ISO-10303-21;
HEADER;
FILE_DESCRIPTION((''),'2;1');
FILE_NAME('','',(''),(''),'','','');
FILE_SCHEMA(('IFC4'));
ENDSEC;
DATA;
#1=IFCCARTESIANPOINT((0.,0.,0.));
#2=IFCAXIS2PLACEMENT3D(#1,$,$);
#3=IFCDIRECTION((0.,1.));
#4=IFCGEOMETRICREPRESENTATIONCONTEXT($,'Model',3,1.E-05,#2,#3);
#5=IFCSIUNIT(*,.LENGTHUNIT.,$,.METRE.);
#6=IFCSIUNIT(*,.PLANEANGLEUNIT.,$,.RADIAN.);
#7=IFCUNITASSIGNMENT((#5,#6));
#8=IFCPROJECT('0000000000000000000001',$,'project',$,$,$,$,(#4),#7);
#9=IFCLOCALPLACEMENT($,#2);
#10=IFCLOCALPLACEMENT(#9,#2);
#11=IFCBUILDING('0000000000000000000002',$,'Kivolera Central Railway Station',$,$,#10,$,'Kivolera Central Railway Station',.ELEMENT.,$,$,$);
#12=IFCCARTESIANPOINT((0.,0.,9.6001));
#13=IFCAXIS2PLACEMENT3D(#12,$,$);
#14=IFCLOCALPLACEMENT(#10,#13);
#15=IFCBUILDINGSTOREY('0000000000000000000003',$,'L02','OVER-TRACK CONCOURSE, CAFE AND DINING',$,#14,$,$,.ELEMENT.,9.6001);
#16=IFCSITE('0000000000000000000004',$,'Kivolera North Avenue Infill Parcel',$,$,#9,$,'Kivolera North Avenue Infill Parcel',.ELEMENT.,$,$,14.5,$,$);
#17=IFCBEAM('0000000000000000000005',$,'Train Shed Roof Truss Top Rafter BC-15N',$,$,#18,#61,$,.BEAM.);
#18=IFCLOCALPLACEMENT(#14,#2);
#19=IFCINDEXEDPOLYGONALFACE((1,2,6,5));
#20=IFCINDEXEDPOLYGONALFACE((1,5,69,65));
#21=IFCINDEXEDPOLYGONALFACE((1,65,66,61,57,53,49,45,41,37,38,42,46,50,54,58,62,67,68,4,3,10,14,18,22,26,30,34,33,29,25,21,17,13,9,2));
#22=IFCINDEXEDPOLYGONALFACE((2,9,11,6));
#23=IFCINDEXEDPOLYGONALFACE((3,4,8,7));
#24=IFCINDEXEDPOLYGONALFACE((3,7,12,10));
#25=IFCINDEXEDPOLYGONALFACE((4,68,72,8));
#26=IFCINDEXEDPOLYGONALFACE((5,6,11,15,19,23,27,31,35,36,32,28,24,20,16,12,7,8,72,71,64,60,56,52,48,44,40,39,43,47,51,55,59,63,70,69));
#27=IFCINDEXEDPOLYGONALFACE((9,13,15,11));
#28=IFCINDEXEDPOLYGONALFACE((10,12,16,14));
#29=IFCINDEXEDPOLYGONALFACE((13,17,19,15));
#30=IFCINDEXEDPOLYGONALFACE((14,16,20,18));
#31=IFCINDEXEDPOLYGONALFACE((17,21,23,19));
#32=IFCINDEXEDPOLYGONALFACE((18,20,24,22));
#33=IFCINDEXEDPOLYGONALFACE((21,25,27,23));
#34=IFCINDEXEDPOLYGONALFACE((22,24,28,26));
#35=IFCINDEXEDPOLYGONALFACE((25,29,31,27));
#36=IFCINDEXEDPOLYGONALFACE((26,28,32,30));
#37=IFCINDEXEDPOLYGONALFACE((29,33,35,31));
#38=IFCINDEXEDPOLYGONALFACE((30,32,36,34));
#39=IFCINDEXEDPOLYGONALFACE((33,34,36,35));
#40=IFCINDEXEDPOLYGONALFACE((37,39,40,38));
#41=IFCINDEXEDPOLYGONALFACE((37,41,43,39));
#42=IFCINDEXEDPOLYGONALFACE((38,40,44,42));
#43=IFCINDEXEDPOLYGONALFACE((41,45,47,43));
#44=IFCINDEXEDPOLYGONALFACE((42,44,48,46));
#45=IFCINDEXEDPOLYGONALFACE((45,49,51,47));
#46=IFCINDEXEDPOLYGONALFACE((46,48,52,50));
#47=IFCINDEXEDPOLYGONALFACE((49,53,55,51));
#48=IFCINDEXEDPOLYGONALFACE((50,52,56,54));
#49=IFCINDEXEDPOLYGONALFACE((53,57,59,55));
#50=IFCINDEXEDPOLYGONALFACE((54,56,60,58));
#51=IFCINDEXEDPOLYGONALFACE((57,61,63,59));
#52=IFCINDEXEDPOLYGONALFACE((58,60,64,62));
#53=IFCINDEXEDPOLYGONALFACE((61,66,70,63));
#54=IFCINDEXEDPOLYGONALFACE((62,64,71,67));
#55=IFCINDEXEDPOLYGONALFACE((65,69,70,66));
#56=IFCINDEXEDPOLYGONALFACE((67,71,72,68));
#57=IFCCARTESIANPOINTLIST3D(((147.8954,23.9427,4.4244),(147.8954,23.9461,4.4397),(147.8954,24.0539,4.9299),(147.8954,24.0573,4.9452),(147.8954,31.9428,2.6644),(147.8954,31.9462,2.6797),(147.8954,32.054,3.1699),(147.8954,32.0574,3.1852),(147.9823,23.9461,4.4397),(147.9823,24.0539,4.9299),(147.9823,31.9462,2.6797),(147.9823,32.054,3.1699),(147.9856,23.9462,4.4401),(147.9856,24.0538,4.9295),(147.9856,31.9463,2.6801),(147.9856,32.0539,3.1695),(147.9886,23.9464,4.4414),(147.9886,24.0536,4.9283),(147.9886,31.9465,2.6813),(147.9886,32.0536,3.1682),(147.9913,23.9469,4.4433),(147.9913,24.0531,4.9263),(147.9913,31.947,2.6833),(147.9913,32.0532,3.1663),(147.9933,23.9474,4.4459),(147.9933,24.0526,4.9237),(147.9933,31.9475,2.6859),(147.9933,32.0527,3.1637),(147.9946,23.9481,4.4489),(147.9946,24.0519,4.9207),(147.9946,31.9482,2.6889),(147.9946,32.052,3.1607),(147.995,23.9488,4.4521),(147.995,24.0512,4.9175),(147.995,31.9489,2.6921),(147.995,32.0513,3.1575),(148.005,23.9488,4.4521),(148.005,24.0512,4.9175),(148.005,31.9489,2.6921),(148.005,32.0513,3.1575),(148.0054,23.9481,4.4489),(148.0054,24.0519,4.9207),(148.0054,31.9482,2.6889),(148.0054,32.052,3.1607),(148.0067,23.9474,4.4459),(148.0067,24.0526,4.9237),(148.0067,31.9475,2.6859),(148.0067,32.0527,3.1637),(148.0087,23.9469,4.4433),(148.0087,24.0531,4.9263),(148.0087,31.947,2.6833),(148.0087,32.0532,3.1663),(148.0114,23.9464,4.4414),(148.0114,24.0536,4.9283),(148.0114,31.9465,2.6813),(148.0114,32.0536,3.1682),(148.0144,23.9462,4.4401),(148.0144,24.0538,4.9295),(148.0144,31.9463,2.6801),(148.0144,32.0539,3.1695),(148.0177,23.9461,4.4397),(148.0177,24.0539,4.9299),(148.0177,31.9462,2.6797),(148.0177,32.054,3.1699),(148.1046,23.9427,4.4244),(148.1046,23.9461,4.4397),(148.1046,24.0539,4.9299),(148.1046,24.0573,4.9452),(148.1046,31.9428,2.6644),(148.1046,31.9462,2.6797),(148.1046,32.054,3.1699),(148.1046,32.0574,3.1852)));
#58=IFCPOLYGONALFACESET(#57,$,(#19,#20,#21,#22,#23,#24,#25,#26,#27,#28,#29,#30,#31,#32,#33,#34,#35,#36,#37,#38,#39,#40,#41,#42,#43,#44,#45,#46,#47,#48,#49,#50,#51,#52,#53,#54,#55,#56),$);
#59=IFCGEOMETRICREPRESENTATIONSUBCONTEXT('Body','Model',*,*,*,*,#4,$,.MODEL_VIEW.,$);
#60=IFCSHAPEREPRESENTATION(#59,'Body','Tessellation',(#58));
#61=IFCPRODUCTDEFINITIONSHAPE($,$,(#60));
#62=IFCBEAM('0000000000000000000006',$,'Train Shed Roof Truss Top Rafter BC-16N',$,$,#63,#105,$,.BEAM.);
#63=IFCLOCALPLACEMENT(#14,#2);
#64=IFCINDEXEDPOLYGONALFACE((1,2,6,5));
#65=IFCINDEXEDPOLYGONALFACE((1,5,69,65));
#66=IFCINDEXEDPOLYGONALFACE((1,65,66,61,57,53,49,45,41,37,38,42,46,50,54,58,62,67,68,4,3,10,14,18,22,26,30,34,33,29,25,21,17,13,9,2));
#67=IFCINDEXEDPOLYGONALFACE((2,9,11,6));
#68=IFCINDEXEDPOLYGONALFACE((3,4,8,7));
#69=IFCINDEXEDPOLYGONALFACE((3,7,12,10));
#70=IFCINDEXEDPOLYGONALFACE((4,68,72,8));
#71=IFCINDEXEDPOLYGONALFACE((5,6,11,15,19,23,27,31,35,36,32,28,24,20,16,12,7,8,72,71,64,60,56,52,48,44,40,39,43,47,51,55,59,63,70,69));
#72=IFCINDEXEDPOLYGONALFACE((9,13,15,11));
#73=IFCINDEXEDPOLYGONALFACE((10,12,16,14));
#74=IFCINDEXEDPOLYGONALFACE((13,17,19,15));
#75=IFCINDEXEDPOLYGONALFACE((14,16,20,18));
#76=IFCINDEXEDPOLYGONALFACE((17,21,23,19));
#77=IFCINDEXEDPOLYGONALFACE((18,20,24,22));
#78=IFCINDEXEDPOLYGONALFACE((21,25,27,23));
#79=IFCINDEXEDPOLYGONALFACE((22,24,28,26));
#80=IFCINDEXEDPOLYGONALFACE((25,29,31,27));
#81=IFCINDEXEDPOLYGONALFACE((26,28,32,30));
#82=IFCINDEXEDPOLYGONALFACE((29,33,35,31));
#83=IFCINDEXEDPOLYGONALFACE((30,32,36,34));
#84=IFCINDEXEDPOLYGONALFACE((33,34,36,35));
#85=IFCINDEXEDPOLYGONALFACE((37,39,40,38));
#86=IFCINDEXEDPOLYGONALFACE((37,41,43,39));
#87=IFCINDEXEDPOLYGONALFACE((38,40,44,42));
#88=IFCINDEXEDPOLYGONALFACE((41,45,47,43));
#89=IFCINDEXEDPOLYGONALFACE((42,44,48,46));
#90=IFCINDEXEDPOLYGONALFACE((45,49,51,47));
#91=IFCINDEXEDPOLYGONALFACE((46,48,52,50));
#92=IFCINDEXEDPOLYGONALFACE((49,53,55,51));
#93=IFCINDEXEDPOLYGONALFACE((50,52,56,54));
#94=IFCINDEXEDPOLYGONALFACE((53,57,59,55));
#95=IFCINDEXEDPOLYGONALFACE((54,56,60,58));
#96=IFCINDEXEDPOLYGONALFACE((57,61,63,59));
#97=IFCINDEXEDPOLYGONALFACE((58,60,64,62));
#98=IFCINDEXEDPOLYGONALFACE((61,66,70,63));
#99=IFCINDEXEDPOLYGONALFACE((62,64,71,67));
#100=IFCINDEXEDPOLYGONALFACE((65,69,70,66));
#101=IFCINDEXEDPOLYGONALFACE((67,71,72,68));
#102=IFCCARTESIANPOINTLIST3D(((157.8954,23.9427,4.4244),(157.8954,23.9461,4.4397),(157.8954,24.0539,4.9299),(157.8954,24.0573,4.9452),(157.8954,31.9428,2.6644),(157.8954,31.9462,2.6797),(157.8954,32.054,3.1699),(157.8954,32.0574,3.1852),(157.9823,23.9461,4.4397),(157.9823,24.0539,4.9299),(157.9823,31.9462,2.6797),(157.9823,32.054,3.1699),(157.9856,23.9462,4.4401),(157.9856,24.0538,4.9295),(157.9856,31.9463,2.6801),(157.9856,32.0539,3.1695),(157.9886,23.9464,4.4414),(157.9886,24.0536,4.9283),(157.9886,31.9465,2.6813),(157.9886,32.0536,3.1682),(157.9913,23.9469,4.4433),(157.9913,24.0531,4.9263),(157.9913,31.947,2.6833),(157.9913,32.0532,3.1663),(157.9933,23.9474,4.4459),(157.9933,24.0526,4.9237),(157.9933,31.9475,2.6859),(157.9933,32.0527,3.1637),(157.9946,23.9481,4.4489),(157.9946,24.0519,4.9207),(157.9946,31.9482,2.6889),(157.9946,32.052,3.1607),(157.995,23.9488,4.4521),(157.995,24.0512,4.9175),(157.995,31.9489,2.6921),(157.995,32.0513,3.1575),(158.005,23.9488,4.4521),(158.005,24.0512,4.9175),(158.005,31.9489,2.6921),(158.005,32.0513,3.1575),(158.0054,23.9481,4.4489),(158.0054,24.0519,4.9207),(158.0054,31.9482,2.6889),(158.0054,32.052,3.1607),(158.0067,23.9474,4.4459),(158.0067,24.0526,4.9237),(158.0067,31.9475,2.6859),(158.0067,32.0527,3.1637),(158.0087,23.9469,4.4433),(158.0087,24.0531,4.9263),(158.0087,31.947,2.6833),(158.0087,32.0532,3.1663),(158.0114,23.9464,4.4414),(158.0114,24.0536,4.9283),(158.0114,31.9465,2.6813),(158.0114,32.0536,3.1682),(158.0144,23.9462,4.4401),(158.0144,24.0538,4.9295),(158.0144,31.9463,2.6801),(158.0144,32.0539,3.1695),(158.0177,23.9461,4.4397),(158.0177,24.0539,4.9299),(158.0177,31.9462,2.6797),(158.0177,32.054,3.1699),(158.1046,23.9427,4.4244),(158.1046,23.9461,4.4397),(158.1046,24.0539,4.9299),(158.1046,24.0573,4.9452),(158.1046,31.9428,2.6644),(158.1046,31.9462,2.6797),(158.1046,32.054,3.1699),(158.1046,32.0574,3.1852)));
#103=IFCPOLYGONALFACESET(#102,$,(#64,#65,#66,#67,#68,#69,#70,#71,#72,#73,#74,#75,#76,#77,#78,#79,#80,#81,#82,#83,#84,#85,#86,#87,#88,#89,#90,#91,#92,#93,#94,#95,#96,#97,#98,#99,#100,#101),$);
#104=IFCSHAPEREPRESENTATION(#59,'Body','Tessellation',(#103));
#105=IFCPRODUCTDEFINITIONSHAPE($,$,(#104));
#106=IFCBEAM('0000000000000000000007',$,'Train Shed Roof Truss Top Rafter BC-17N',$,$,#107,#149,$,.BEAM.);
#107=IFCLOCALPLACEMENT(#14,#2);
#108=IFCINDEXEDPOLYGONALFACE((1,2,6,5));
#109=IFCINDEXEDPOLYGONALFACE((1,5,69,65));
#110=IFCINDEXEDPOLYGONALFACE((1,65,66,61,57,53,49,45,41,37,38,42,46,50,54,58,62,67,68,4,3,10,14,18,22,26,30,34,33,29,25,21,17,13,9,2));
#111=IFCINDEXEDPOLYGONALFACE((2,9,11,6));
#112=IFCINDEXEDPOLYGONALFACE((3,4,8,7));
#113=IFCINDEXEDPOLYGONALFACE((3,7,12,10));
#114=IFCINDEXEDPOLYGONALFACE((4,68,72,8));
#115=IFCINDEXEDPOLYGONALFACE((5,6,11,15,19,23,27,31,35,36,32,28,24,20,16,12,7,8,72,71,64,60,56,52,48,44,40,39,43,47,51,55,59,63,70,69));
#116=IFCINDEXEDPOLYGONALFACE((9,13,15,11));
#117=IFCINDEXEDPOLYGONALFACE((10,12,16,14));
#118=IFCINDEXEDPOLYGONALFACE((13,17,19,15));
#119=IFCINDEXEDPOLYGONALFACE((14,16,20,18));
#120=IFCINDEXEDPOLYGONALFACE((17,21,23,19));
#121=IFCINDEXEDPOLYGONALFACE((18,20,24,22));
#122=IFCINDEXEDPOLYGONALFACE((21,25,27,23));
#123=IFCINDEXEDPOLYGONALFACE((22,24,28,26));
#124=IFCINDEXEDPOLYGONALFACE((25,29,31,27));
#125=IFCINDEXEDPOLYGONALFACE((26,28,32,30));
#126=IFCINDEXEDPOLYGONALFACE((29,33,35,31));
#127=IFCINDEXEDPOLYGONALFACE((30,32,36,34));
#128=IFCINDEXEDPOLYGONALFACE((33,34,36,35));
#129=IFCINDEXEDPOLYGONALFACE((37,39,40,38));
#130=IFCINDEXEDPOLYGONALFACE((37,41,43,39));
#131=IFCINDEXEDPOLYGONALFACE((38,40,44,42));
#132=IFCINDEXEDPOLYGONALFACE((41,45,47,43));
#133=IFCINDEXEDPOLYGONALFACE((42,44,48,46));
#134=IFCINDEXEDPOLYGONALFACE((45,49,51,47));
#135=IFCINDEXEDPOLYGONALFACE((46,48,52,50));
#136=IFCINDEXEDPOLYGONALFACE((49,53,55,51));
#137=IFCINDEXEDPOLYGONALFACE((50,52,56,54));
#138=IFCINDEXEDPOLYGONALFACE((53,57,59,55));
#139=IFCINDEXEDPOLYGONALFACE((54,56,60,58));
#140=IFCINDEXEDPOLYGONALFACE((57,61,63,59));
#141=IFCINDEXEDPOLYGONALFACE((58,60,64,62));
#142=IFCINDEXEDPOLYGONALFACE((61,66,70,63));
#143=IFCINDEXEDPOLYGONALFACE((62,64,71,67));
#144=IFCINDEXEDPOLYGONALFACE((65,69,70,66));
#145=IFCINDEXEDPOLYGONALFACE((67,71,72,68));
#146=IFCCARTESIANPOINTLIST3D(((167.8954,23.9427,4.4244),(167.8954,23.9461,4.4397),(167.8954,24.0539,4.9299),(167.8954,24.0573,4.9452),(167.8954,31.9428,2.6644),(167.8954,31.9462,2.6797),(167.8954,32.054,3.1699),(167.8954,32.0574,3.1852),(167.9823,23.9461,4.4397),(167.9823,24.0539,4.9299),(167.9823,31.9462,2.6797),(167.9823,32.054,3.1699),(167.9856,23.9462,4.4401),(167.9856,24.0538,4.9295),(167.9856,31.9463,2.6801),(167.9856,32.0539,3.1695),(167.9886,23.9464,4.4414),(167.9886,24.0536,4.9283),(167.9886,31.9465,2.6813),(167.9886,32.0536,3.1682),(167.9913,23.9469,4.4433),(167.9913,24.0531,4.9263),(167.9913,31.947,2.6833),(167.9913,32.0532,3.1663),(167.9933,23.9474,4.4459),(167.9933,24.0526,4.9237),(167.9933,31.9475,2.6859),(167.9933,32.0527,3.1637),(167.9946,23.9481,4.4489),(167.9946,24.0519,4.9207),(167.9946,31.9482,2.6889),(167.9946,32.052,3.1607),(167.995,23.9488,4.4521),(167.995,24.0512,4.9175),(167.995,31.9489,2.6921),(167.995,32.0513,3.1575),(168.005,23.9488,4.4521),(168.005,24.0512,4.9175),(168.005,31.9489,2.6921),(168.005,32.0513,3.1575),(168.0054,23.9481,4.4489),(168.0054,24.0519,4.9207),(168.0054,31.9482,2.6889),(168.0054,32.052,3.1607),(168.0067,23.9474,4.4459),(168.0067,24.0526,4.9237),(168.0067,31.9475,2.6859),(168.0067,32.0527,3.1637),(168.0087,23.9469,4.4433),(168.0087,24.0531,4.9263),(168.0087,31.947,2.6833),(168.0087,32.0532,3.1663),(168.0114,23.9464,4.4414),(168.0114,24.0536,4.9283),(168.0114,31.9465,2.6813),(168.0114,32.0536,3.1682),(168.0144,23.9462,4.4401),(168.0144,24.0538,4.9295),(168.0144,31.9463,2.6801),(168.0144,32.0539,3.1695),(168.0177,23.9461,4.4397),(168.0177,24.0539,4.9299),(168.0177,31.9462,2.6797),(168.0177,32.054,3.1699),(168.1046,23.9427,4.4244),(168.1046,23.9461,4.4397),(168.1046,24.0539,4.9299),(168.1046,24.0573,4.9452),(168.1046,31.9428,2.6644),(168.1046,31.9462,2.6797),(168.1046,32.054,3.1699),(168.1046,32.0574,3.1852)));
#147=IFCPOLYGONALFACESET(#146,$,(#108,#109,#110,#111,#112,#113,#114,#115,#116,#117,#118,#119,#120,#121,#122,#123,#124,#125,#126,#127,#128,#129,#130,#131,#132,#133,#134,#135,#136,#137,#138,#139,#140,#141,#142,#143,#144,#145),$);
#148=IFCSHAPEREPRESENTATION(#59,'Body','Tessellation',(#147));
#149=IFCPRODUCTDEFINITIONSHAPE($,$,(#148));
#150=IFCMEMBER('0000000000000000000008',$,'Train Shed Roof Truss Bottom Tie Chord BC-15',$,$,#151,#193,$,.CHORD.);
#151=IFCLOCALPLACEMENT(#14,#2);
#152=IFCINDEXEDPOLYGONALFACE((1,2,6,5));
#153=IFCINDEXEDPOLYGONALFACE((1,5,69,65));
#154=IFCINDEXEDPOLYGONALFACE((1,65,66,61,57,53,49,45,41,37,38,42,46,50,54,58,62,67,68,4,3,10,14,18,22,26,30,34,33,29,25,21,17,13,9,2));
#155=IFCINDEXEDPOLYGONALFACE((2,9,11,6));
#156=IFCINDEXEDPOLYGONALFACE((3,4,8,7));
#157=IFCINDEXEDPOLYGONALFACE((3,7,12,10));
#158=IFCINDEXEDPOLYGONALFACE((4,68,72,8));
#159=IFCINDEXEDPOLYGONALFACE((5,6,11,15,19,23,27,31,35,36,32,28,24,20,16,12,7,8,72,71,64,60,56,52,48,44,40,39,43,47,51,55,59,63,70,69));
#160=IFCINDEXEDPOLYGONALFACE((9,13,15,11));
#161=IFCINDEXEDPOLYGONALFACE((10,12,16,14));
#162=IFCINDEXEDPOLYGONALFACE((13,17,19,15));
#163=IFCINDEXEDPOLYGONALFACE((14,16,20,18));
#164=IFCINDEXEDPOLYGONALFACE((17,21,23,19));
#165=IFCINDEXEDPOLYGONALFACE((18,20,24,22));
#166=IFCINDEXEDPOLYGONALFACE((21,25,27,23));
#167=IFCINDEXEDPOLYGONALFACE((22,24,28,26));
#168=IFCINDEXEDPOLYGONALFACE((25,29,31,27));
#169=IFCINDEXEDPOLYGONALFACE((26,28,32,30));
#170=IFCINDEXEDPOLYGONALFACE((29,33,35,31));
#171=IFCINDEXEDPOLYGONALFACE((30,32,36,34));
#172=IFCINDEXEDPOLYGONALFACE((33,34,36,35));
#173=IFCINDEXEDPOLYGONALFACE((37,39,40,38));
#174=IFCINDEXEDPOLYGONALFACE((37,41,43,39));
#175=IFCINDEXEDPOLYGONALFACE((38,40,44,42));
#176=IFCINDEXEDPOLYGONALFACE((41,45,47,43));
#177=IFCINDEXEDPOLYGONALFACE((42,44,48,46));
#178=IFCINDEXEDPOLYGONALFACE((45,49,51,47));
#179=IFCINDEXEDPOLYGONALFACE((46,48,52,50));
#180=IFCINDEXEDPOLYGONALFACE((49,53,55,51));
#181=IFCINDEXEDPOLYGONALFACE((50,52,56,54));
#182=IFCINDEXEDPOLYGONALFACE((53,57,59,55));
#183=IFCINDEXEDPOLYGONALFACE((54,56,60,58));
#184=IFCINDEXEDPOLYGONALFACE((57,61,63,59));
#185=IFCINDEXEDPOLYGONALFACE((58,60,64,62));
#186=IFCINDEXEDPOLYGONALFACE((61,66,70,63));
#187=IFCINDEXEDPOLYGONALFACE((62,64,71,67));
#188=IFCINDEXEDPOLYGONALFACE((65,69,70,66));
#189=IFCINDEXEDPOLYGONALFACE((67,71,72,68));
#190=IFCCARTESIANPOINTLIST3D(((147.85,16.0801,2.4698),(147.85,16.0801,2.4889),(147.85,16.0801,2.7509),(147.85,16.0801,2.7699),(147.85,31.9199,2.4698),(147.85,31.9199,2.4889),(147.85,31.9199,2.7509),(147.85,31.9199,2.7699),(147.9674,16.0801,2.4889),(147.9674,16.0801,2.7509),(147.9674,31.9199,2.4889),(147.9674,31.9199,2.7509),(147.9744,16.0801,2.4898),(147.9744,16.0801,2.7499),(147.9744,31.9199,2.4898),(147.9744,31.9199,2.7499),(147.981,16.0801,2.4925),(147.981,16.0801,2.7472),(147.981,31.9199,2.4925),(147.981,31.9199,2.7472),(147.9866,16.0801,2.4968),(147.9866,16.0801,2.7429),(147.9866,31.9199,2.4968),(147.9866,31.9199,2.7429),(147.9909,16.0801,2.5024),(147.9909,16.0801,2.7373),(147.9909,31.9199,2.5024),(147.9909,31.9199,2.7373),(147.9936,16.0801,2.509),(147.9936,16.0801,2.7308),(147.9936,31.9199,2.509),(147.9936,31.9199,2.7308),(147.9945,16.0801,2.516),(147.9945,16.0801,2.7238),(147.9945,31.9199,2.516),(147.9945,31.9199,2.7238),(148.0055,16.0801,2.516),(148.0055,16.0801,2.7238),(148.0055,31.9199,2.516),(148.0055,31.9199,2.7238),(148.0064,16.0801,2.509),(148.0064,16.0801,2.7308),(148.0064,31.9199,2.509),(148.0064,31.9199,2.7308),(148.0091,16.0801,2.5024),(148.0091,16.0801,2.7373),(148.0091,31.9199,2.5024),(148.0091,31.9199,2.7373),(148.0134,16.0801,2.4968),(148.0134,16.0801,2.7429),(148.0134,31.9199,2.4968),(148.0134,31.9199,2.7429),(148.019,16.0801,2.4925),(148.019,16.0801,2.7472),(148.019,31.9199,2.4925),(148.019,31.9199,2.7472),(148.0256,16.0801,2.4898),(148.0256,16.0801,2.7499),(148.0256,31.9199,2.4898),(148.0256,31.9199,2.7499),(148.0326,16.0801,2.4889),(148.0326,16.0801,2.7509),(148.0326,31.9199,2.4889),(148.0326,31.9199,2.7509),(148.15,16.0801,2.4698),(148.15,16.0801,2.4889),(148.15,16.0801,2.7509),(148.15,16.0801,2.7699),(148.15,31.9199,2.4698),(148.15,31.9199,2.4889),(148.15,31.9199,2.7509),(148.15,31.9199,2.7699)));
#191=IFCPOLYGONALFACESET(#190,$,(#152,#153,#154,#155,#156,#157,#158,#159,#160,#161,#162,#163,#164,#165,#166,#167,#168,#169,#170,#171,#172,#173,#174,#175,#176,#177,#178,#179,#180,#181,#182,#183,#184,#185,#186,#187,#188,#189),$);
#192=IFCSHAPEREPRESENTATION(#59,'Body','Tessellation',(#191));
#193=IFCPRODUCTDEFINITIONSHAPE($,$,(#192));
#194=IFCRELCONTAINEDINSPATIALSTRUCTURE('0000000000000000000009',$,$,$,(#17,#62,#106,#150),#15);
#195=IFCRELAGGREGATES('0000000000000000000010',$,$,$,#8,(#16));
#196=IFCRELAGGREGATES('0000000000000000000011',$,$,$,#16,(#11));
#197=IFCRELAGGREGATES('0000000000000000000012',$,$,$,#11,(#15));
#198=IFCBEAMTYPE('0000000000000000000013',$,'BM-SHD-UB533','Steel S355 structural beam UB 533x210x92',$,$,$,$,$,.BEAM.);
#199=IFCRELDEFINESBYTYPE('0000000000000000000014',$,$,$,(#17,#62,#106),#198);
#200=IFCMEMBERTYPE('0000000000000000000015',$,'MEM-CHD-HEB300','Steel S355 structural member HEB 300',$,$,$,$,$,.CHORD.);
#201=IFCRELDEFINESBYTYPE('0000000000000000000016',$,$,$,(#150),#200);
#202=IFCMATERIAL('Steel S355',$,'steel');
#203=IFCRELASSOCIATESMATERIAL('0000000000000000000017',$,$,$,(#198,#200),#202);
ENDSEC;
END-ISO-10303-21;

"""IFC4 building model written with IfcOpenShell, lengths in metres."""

from ifc_helpers import new_model, si_unit, direction, frame, origin, origin_2d, place, context, subcontext, project, spatial, i_section, extrude, material, material_profile, profile_set, type_object, element, save


model = new_model("IFC4")

# Units and contexts
model_context = context("Model", 3, precision=1e-05, world=origin(), true_north=direction((0.0, 1.0)))
body_context = subcontext(model_context, "Body", "Model", "MODEL_VIEW")
ifc_project = project(units=[si_unit("LENGTHUNIT", "METRE"), si_unit("PLANEANGLEUNIT", "RADIAN")], contexts=[model_context])

# Site, building, storey
site_placement = place(None, origin())
site = spatial("IfcSite", under=ifc_project, at=site_placement, Name="Kivolera North Avenue Infill Parcel", LongName="Kivolera North Avenue Infill Parcel", CompositionType="ELEMENT", RefElevation=14.5)
building_placement = place(site_placement, origin())
building = spatial("IfcBuilding", under=site, at=building_placement, Name="Kivolera Central Railway Station", LongName="Kivolera Central Railway Station", CompositionType="ELEMENT")
storey_placement = place(building_placement, frame((0.0, 0.0, 9.6001)))
storey = spatial("IfcBuildingStorey", under=building, at=storey_placement, Name="L02", Description="OVER-TRACK CONCOURSE, CAFE AND DINING", CompositionType="ELEMENT", Elevation=9.6001)

# Beams
ifc_material_1 = material(Name="Steel S355", Category="steel")
ifc_material_profile_1 = material_profile(ifc_material_1, i_section(OverallWidth=0.2092, OverallDepth=0.5332, WebThickness=0.01, FlangeThickness=0.0156, FilletRadius=0.0127, at=origin_2d()), Name="UB 533x210x92")
ifc_profile_set_1 = profile_set([ifc_material_profile_1], Name="Steel S355")
beam_type = type_object("IfcBeamType", Name="BM-SHD-UB533", Description="Steel S355 structural beam UB 533x210x92", PredefinedType="BEAM", material=ifc_profile_set_1)
for number, where, z_axis, x_axis, name in (
    (1, (148.0, 24.0, 4.6848), (0.0, 0.976644, -0.214863), (-1.0, 0.0, 0.0), "Train Shed Roof Truss Top Rafter BC-15N"),
    (2, (158.0, 24.0, 4.6848), (0.0, 0.976644, -0.214863), (-1.0, 0.0, 0.0), "Train Shed Roof Truss Top Rafter BC-16N"),
    (3, (168.0, 24.0, 4.6848), (0.0, 0.976644, -0.214863), (-1.0, 0.0, 0.0), "Train Shed Roof Truss Top Rafter BC-17N"),
):
    element("IfcBeam", number, at=place(storey_placement, frame(where, z_axis=z_axis, x_axis=x_axis)), inside=storey, type_object=beam_type, Name=name, PredefinedType="BEAM", context=body_context, shape_type="SweptSolid", body=[
        extrude(i_section(OverallWidth=0.2092, OverallDepth=0.5332, WebThickness=0.01, FlangeThickness=0.0156, FilletRadius=0.0127, at=origin_2d()), origin(), (0.0, 0.0, 1.0), 8.1914),
    ])

# Member
ifc_material_profile_2 = material_profile(ifc_material_1, i_section(OverallWidth=0.3, OverallDepth=0.3, WebThickness=0.011, FlangeThickness=0.019, FilletRadius=0.0271, at=origin_2d()), Name="HEB 300")
ifc_profile_set_2 = profile_set([ifc_material_profile_2], Name="Steel S355")
member_type_1 = type_object("IfcMemberType", Name="MEM-CHD-HEB300", Description="Steel S355 structural member HEB 300", PredefinedType="CHORD", material=ifc_profile_set_2)
for number, where, z_axis, x_axis, name in (
    (4, (148.0, 16.0801, 2.6199), (0.0, 1.0, 0.0), (-1.0, 0.0, 0.0), "Train Shed Roof Truss Bottom Tie Chord BC-15"),
):
    element("IfcMember", number, at=place(storey_placement, frame(where, z_axis=z_axis, x_axis=x_axis)), inside=storey, type_object=member_type_1, Name=name, PredefinedType="CHORD", context=body_context, shape_type="SweptSolid", body=[
        extrude(i_section(OverallWidth=0.3, OverallDepth=0.3, WebThickness=0.011, FlangeThickness=0.019, FilletRadius=0.0271, at=origin_2d()), origin(), (0.0, 0.0, 1.0), 15.8398),
    ])

save(model, "model.ifc")
